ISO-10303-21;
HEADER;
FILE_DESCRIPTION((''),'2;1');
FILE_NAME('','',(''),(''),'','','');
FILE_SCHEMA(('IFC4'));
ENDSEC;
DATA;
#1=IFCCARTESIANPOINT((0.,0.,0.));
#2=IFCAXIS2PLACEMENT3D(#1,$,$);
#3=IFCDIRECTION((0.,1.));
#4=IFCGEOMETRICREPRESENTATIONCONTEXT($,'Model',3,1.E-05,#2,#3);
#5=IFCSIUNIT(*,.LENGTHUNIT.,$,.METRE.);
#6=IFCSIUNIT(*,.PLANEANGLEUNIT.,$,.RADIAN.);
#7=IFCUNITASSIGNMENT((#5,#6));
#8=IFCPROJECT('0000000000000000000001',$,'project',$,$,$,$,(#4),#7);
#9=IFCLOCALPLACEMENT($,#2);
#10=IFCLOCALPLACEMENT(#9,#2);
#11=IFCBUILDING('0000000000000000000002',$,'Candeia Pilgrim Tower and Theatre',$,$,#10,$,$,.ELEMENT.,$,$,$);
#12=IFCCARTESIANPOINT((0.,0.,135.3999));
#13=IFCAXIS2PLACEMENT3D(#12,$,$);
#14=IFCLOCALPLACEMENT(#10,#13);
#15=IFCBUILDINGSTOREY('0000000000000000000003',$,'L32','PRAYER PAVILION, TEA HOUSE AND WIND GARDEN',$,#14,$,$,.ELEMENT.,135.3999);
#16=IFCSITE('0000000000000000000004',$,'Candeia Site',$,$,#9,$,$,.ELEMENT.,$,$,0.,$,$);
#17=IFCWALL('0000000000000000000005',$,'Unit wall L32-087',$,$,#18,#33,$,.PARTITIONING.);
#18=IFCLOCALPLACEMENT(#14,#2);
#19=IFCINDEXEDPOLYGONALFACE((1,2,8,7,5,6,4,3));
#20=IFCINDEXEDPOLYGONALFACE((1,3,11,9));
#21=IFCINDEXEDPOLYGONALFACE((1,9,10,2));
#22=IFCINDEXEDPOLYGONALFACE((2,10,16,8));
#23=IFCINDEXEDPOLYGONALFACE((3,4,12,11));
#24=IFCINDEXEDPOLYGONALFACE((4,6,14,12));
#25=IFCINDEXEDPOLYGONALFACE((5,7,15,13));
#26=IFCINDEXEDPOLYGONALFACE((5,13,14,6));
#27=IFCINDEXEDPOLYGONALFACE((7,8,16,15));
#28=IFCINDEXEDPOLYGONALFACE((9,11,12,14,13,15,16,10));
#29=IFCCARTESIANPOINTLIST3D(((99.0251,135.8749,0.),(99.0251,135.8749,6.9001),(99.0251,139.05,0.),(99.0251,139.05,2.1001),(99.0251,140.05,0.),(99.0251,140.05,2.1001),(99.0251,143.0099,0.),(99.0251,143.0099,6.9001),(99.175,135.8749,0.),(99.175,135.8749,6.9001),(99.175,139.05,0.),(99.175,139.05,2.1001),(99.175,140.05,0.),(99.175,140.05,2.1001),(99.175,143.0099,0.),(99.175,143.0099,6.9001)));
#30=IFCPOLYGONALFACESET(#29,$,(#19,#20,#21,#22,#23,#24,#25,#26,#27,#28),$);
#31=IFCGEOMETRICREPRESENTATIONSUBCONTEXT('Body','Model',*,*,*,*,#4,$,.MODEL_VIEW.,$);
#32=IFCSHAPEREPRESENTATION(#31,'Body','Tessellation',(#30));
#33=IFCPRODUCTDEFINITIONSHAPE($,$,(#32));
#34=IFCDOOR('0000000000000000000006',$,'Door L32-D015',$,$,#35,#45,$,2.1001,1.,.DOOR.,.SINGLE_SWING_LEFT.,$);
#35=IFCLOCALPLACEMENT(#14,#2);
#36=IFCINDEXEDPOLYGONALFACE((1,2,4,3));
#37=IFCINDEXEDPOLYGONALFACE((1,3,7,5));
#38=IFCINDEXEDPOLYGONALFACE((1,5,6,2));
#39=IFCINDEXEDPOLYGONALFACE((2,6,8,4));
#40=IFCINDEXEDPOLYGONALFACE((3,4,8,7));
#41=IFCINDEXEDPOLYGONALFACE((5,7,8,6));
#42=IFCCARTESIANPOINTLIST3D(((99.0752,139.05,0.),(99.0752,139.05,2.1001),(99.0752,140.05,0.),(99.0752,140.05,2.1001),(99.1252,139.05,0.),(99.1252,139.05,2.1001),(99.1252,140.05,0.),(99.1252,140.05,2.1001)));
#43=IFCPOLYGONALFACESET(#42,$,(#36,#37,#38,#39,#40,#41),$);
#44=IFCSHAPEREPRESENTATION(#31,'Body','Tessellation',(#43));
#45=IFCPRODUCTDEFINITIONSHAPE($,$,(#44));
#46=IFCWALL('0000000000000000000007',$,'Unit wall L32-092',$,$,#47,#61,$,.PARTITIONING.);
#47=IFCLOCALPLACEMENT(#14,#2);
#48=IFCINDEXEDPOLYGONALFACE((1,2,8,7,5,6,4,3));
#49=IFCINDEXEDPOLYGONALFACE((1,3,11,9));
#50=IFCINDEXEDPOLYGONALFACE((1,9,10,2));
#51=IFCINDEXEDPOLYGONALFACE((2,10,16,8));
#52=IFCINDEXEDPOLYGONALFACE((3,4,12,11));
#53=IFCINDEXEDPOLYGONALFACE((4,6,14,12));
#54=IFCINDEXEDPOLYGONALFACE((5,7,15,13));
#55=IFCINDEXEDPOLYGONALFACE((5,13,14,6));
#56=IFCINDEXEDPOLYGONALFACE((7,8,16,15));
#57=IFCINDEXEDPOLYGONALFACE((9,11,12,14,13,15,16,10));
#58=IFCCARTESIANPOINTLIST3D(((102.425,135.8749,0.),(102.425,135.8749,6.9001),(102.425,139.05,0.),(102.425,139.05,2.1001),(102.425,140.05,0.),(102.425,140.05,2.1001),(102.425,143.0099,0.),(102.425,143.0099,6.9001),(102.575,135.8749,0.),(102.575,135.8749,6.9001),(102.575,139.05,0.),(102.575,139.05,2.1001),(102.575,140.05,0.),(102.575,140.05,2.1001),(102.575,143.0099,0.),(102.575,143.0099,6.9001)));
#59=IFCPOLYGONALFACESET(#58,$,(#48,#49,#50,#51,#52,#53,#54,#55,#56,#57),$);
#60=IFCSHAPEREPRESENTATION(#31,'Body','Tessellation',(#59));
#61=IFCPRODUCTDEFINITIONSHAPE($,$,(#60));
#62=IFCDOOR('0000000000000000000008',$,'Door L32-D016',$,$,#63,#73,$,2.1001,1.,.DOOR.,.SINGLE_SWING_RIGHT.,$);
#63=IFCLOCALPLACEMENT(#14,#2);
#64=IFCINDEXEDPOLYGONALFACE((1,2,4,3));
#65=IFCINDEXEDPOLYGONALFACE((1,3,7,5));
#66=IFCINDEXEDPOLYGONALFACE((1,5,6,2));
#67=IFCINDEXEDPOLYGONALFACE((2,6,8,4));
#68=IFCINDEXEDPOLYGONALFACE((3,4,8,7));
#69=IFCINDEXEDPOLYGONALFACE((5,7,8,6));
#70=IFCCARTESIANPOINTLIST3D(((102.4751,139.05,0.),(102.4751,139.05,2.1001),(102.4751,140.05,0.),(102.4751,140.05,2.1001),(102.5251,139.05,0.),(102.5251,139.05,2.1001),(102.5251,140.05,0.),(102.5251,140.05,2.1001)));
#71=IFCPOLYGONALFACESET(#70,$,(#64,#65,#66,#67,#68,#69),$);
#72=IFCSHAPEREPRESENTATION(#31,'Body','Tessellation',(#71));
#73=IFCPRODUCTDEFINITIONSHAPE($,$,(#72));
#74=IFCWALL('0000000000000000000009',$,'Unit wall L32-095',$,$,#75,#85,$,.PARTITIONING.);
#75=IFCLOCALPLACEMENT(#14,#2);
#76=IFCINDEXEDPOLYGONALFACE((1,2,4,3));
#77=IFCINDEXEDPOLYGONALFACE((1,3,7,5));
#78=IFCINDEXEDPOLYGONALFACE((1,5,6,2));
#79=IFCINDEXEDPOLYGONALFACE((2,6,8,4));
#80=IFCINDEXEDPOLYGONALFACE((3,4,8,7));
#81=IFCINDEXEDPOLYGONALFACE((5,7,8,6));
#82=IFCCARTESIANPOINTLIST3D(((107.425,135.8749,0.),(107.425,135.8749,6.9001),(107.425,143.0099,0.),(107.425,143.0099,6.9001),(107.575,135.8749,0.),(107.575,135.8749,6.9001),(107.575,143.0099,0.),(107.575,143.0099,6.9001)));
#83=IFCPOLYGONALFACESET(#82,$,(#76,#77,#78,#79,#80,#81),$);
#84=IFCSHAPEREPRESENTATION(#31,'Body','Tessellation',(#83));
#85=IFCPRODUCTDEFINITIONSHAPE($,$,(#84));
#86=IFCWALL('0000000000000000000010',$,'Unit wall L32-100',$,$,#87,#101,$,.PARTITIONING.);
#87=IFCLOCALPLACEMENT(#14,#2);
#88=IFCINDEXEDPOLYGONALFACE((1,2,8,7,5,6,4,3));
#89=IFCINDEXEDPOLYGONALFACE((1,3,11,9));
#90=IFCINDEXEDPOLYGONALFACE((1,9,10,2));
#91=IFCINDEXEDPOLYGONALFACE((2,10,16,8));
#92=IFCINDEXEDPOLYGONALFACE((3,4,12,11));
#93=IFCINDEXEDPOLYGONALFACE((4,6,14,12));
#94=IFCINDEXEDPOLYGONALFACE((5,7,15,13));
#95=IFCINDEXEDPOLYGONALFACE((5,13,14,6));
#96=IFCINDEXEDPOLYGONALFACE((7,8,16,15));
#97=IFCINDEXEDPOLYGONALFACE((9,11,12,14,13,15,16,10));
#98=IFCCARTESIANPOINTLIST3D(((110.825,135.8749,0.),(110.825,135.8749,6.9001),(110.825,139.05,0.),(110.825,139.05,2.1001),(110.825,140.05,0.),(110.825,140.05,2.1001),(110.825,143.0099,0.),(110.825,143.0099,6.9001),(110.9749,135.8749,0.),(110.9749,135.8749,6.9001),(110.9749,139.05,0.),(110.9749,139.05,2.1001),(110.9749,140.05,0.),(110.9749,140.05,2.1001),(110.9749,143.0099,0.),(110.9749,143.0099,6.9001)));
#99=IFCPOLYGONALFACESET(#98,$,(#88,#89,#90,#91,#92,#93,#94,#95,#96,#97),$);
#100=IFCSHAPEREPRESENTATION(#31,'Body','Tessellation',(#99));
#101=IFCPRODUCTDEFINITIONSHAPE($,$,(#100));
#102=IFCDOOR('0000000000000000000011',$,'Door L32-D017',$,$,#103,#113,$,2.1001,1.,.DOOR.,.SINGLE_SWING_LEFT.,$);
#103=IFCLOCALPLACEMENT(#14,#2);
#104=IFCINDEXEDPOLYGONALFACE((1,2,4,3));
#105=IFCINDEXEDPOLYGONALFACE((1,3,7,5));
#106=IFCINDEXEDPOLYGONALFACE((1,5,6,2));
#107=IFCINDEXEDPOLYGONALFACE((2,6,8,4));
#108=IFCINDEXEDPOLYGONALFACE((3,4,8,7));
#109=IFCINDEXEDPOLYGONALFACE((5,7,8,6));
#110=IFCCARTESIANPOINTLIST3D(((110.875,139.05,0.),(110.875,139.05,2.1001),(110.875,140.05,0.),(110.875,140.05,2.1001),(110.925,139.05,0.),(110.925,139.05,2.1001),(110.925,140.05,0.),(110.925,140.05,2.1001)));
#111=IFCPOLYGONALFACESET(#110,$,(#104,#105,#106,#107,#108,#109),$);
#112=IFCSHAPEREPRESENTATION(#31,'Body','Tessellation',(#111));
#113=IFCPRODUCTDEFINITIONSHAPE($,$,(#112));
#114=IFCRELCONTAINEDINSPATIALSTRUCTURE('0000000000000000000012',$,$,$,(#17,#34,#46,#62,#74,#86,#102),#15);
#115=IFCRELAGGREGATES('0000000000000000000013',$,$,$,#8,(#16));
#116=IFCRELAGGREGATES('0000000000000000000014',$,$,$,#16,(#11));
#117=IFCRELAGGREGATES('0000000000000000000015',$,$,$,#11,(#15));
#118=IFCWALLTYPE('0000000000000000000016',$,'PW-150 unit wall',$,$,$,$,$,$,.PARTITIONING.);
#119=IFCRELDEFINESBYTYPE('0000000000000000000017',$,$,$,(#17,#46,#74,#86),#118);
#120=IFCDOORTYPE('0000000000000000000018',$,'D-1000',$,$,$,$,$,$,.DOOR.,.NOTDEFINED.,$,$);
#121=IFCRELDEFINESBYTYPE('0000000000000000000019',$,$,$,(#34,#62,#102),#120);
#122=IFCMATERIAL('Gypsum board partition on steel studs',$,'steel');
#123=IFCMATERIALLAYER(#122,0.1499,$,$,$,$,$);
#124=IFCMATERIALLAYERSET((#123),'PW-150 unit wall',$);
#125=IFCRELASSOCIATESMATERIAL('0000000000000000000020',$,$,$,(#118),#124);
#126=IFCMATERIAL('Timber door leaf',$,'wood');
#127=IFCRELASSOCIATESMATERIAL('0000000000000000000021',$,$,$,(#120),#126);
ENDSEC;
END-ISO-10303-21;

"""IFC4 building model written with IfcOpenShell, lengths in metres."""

from ifc_helpers import new_model, si_unit, direction, frame, frame_2d, origin, place, context, subcontext, project, spatial, rectangle, extrude, material, layer, layer_set, type_object, element, fill, save


model = new_model("IFC4")

# Units and contexts
model_context = context("Model", 3, precision=1e-05, world=origin(), true_north=direction((0.0, 1.0)))
body_context = subcontext(model_context, "Body", "Model", "MODEL_VIEW")
ifc_project = project(units=[si_unit("LENGTHUNIT", "METRE"), si_unit("PLANEANGLEUNIT", "RADIAN")], contexts=[model_context])

# Site, building, storey
site_placement = place(None, origin())
site = spatial("IfcSite", under=ifc_project, at=site_placement, Name="Candeia Site", CompositionType="ELEMENT", RefElevation=0.0)
building_placement = place(site_placement, origin())
building = spatial("IfcBuilding", under=site, at=building_placement, Name="Candeia Pilgrim Tower and Theatre", CompositionType="ELEMENT")
storey_placement = place(building_placement, frame((0.0, 0.0, 135.3999)))
storey = spatial("IfcBuildingStorey", under=building, at=storey_placement, Name="L32", Description="PRAYER PAVILION, TEA HOUSE AND WIND GARDEN", CompositionType="ELEMENT", Elevation=135.3999)

# Shared definitions
ifc_material_1 = material(Name="Gypsum board partition on steel studs", Category="steel")
ifc_layer_1 = layer(ifc_material_1, 0.1499)
ifc_layer_set_1 = layer_set([ifc_layer_1], Name="PW-150 unit wall")
wall_type_1 = type_object("IfcWallType", Name="PW-150 unit wall", PredefinedType="PARTITIONING", material=ifc_layer_set_1)

# Walls, openings, doors
wall_1_placement = place(storey_placement, frame((99.1001, 135.875, 0.0), z_axis=(0.0, 0.0, 1.0), x_axis=(0.0, 1.0, 0.0)))
wall_1 = element("IfcWall", 1, at=wall_1_placement, inside=storey, type_object=wall_type_1, Name="Unit wall L32-087", PredefinedType="PARTITIONING", context=body_context, shape_type="SweptSolid", body=[
    extrude(rectangle(XDim=7.135, YDim=0.1499, at=frame_2d((3.5674, 0.0))), origin(), (0.0, 0.0, 1.0), 6.9001),
])
opening_1_placement = place(wall_1_placement, frame((3.175, 0.0, 0.0)))
opening_1 = element("IfcOpeningElement", 2, at=opening_1_placement, cuts=wall_1, PredefinedType="OPENING", context=body_context, shape_type="SweptSolid", body=[
    extrude(rectangle(XDim=1.0, YDim=2.1001, at=frame_2d((0.5, 1.05))), frame((0.0, 0.085, 0.0), z_axis=(0.0, -1.0, 0.0), x_axis=(1.0, 0.0, 0.0)), (0.0, 0.0, 1.0), 0.1699),
])
ifc_material_2 = material(Name="Timber door leaf", Category="wood")
door_type_1 = type_object("IfcDoorType", Name="D-1000", OperationType="NOTDEFINED", PredefinedType="DOOR", material=ifc_material_2)
door_1_placement = place(opening_1_placement, origin())
door_1 = element("IfcDoor", 3, at=door_1_placement, inside=storey, type_object=door_type_1, Name="Door L32-D015", OperationType="SINGLE_SWING_LEFT", OverallHeight=2.1001, OverallWidth=1.0, PredefinedType="DOOR", context=body_context, shape_type="SweptSolid", body=[
    extrude(rectangle(XDim=1.0, YDim=2.1001, at=frame_2d((0.5, 1.05))), frame((0.0, 0.0249, 0.0), z_axis=(0.0, -1.0, 0.0), x_axis=(1.0, 0.0, 0.0)), (0.0, 0.0, 1.0), 0.05),
])
fill(opening_1, door_1)
wall_2_placement = place(storey_placement, frame((102.5, 135.875, 0.0), z_axis=(0.0, 0.0, 1.0), x_axis=(0.0, 1.0, 0.0)))
wall_2 = element("IfcWall", 4, at=wall_2_placement, inside=storey, type_object=wall_type_1, Name="Unit wall L32-092", PredefinedType="PARTITIONING", context=body_context, shape_type="SweptSolid", body=[
    extrude(rectangle(XDim=7.135, YDim=0.1499, at=frame_2d((3.5674, 0.0))), origin(), (0.0, 0.0, 1.0), 6.9001),
])
opening_2_placement = place(wall_2_placement, frame((3.175, 0.0, 0.0)))
opening_2 = element("IfcOpeningElement", 5, at=opening_2_placement, cuts=wall_2, PredefinedType="OPENING", context=body_context, shape_type="SweptSolid", body=[
    extrude(rectangle(XDim=1.0, YDim=2.1001, at=frame_2d((0.5, 1.05))), frame((0.0, 0.085, 0.0), z_axis=(0.0, -1.0, 0.0), x_axis=(1.0, 0.0, 0.0)), (0.0, 0.0, 1.0), 0.1699),
])
door_2_placement = place(opening_2_placement, origin())
door_2 = element("IfcDoor", 6, at=door_2_placement, inside=storey, type_object=door_type_1, Name="Door L32-D016", OperationType="SINGLE_SWING_RIGHT", OverallHeight=2.1001, OverallWidth=1.0, PredefinedType="DOOR", context=body_context, shape_type="SweptSolid", body=[
    extrude(rectangle(XDim=1.0, YDim=2.1001, at=frame_2d((0.5, 1.05))), frame((0.0, 0.0249, 0.0), z_axis=(0.0, -1.0, 0.0), x_axis=(1.0, 0.0, 0.0)), (0.0, 0.0, 1.0), 0.05),
])
fill(opening_2, door_2)

# Wall
wall_3_placement = place(storey_placement, frame((107.5, 135.875, 0.0), z_axis=(0.0, 0.0, 1.0), x_axis=(0.0, 1.0, 0.0)))
element("IfcWall", 7, at=wall_3_placement, inside=storey, type_object=wall_type_1, Name="Unit wall L32-095", PredefinedType="PARTITIONING", context=body_context, shape_type="SweptSolid", body=[
    extrude(rectangle(XDim=7.135, YDim=0.1499, at=frame_2d((3.5674, 0.0))), origin(), (0.0, 0.0, 1.0), 6.9001),
])

# Wall, opening, door
wall_4_placement = place(storey_placement, frame((110.8999, 135.875, 0.0), z_axis=(0.0, 0.0, 1.0), x_axis=(0.0, 1.0, 0.0)))
wall_4 = element("IfcWall", 8, at=wall_4_placement, inside=storey, type_object=wall_type_1, Name="Unit wall L32-100", PredefinedType="PARTITIONING", context=body_context, shape_type="SweptSolid", body=[
    extrude(rectangle(XDim=7.135, YDim=0.1499, at=frame_2d((3.5674, 0.0))), origin(), (0.0, 0.0, 1.0), 6.9001),
])
opening_3_placement = place(wall_4_placement, frame((3.175, 0.0, 0.0)))
opening_3 = element("IfcOpeningElement", 9, at=opening_3_placement, cuts=wall_4, PredefinedType="OPENING", context=body_context, shape_type="SweptSolid", body=[
    extrude(rectangle(XDim=1.0, YDim=2.1001, at=frame_2d((0.5, 1.05))), frame((0.0, 0.085, 0.0), z_axis=(0.0, -1.0, 0.0), x_axis=(1.0, 0.0, 0.0)), (0.0, 0.0, 1.0), 0.1699),
])
door_3_placement = place(opening_3_placement, origin())
door_3 = element("IfcDoor", 10, at=door_3_placement, inside=storey, type_object=door_type_1, Name="Door L32-D017", OperationType="SINGLE_SWING_LEFT", OverallHeight=2.1001, OverallWidth=1.0, PredefinedType="DOOR", context=body_context, shape_type="SweptSolid", body=[
    extrude(rectangle(XDim=1.0, YDim=2.1001, at=frame_2d((0.5, 1.05))), frame((0.0, 0.0249, 0.0), z_axis=(0.0, -1.0, 0.0), x_axis=(1.0, 0.0, 0.0)), (0.0, 0.0, 1.0), 0.05),
])
fill(opening_3, door_3)

save(model, "model.ifc")
